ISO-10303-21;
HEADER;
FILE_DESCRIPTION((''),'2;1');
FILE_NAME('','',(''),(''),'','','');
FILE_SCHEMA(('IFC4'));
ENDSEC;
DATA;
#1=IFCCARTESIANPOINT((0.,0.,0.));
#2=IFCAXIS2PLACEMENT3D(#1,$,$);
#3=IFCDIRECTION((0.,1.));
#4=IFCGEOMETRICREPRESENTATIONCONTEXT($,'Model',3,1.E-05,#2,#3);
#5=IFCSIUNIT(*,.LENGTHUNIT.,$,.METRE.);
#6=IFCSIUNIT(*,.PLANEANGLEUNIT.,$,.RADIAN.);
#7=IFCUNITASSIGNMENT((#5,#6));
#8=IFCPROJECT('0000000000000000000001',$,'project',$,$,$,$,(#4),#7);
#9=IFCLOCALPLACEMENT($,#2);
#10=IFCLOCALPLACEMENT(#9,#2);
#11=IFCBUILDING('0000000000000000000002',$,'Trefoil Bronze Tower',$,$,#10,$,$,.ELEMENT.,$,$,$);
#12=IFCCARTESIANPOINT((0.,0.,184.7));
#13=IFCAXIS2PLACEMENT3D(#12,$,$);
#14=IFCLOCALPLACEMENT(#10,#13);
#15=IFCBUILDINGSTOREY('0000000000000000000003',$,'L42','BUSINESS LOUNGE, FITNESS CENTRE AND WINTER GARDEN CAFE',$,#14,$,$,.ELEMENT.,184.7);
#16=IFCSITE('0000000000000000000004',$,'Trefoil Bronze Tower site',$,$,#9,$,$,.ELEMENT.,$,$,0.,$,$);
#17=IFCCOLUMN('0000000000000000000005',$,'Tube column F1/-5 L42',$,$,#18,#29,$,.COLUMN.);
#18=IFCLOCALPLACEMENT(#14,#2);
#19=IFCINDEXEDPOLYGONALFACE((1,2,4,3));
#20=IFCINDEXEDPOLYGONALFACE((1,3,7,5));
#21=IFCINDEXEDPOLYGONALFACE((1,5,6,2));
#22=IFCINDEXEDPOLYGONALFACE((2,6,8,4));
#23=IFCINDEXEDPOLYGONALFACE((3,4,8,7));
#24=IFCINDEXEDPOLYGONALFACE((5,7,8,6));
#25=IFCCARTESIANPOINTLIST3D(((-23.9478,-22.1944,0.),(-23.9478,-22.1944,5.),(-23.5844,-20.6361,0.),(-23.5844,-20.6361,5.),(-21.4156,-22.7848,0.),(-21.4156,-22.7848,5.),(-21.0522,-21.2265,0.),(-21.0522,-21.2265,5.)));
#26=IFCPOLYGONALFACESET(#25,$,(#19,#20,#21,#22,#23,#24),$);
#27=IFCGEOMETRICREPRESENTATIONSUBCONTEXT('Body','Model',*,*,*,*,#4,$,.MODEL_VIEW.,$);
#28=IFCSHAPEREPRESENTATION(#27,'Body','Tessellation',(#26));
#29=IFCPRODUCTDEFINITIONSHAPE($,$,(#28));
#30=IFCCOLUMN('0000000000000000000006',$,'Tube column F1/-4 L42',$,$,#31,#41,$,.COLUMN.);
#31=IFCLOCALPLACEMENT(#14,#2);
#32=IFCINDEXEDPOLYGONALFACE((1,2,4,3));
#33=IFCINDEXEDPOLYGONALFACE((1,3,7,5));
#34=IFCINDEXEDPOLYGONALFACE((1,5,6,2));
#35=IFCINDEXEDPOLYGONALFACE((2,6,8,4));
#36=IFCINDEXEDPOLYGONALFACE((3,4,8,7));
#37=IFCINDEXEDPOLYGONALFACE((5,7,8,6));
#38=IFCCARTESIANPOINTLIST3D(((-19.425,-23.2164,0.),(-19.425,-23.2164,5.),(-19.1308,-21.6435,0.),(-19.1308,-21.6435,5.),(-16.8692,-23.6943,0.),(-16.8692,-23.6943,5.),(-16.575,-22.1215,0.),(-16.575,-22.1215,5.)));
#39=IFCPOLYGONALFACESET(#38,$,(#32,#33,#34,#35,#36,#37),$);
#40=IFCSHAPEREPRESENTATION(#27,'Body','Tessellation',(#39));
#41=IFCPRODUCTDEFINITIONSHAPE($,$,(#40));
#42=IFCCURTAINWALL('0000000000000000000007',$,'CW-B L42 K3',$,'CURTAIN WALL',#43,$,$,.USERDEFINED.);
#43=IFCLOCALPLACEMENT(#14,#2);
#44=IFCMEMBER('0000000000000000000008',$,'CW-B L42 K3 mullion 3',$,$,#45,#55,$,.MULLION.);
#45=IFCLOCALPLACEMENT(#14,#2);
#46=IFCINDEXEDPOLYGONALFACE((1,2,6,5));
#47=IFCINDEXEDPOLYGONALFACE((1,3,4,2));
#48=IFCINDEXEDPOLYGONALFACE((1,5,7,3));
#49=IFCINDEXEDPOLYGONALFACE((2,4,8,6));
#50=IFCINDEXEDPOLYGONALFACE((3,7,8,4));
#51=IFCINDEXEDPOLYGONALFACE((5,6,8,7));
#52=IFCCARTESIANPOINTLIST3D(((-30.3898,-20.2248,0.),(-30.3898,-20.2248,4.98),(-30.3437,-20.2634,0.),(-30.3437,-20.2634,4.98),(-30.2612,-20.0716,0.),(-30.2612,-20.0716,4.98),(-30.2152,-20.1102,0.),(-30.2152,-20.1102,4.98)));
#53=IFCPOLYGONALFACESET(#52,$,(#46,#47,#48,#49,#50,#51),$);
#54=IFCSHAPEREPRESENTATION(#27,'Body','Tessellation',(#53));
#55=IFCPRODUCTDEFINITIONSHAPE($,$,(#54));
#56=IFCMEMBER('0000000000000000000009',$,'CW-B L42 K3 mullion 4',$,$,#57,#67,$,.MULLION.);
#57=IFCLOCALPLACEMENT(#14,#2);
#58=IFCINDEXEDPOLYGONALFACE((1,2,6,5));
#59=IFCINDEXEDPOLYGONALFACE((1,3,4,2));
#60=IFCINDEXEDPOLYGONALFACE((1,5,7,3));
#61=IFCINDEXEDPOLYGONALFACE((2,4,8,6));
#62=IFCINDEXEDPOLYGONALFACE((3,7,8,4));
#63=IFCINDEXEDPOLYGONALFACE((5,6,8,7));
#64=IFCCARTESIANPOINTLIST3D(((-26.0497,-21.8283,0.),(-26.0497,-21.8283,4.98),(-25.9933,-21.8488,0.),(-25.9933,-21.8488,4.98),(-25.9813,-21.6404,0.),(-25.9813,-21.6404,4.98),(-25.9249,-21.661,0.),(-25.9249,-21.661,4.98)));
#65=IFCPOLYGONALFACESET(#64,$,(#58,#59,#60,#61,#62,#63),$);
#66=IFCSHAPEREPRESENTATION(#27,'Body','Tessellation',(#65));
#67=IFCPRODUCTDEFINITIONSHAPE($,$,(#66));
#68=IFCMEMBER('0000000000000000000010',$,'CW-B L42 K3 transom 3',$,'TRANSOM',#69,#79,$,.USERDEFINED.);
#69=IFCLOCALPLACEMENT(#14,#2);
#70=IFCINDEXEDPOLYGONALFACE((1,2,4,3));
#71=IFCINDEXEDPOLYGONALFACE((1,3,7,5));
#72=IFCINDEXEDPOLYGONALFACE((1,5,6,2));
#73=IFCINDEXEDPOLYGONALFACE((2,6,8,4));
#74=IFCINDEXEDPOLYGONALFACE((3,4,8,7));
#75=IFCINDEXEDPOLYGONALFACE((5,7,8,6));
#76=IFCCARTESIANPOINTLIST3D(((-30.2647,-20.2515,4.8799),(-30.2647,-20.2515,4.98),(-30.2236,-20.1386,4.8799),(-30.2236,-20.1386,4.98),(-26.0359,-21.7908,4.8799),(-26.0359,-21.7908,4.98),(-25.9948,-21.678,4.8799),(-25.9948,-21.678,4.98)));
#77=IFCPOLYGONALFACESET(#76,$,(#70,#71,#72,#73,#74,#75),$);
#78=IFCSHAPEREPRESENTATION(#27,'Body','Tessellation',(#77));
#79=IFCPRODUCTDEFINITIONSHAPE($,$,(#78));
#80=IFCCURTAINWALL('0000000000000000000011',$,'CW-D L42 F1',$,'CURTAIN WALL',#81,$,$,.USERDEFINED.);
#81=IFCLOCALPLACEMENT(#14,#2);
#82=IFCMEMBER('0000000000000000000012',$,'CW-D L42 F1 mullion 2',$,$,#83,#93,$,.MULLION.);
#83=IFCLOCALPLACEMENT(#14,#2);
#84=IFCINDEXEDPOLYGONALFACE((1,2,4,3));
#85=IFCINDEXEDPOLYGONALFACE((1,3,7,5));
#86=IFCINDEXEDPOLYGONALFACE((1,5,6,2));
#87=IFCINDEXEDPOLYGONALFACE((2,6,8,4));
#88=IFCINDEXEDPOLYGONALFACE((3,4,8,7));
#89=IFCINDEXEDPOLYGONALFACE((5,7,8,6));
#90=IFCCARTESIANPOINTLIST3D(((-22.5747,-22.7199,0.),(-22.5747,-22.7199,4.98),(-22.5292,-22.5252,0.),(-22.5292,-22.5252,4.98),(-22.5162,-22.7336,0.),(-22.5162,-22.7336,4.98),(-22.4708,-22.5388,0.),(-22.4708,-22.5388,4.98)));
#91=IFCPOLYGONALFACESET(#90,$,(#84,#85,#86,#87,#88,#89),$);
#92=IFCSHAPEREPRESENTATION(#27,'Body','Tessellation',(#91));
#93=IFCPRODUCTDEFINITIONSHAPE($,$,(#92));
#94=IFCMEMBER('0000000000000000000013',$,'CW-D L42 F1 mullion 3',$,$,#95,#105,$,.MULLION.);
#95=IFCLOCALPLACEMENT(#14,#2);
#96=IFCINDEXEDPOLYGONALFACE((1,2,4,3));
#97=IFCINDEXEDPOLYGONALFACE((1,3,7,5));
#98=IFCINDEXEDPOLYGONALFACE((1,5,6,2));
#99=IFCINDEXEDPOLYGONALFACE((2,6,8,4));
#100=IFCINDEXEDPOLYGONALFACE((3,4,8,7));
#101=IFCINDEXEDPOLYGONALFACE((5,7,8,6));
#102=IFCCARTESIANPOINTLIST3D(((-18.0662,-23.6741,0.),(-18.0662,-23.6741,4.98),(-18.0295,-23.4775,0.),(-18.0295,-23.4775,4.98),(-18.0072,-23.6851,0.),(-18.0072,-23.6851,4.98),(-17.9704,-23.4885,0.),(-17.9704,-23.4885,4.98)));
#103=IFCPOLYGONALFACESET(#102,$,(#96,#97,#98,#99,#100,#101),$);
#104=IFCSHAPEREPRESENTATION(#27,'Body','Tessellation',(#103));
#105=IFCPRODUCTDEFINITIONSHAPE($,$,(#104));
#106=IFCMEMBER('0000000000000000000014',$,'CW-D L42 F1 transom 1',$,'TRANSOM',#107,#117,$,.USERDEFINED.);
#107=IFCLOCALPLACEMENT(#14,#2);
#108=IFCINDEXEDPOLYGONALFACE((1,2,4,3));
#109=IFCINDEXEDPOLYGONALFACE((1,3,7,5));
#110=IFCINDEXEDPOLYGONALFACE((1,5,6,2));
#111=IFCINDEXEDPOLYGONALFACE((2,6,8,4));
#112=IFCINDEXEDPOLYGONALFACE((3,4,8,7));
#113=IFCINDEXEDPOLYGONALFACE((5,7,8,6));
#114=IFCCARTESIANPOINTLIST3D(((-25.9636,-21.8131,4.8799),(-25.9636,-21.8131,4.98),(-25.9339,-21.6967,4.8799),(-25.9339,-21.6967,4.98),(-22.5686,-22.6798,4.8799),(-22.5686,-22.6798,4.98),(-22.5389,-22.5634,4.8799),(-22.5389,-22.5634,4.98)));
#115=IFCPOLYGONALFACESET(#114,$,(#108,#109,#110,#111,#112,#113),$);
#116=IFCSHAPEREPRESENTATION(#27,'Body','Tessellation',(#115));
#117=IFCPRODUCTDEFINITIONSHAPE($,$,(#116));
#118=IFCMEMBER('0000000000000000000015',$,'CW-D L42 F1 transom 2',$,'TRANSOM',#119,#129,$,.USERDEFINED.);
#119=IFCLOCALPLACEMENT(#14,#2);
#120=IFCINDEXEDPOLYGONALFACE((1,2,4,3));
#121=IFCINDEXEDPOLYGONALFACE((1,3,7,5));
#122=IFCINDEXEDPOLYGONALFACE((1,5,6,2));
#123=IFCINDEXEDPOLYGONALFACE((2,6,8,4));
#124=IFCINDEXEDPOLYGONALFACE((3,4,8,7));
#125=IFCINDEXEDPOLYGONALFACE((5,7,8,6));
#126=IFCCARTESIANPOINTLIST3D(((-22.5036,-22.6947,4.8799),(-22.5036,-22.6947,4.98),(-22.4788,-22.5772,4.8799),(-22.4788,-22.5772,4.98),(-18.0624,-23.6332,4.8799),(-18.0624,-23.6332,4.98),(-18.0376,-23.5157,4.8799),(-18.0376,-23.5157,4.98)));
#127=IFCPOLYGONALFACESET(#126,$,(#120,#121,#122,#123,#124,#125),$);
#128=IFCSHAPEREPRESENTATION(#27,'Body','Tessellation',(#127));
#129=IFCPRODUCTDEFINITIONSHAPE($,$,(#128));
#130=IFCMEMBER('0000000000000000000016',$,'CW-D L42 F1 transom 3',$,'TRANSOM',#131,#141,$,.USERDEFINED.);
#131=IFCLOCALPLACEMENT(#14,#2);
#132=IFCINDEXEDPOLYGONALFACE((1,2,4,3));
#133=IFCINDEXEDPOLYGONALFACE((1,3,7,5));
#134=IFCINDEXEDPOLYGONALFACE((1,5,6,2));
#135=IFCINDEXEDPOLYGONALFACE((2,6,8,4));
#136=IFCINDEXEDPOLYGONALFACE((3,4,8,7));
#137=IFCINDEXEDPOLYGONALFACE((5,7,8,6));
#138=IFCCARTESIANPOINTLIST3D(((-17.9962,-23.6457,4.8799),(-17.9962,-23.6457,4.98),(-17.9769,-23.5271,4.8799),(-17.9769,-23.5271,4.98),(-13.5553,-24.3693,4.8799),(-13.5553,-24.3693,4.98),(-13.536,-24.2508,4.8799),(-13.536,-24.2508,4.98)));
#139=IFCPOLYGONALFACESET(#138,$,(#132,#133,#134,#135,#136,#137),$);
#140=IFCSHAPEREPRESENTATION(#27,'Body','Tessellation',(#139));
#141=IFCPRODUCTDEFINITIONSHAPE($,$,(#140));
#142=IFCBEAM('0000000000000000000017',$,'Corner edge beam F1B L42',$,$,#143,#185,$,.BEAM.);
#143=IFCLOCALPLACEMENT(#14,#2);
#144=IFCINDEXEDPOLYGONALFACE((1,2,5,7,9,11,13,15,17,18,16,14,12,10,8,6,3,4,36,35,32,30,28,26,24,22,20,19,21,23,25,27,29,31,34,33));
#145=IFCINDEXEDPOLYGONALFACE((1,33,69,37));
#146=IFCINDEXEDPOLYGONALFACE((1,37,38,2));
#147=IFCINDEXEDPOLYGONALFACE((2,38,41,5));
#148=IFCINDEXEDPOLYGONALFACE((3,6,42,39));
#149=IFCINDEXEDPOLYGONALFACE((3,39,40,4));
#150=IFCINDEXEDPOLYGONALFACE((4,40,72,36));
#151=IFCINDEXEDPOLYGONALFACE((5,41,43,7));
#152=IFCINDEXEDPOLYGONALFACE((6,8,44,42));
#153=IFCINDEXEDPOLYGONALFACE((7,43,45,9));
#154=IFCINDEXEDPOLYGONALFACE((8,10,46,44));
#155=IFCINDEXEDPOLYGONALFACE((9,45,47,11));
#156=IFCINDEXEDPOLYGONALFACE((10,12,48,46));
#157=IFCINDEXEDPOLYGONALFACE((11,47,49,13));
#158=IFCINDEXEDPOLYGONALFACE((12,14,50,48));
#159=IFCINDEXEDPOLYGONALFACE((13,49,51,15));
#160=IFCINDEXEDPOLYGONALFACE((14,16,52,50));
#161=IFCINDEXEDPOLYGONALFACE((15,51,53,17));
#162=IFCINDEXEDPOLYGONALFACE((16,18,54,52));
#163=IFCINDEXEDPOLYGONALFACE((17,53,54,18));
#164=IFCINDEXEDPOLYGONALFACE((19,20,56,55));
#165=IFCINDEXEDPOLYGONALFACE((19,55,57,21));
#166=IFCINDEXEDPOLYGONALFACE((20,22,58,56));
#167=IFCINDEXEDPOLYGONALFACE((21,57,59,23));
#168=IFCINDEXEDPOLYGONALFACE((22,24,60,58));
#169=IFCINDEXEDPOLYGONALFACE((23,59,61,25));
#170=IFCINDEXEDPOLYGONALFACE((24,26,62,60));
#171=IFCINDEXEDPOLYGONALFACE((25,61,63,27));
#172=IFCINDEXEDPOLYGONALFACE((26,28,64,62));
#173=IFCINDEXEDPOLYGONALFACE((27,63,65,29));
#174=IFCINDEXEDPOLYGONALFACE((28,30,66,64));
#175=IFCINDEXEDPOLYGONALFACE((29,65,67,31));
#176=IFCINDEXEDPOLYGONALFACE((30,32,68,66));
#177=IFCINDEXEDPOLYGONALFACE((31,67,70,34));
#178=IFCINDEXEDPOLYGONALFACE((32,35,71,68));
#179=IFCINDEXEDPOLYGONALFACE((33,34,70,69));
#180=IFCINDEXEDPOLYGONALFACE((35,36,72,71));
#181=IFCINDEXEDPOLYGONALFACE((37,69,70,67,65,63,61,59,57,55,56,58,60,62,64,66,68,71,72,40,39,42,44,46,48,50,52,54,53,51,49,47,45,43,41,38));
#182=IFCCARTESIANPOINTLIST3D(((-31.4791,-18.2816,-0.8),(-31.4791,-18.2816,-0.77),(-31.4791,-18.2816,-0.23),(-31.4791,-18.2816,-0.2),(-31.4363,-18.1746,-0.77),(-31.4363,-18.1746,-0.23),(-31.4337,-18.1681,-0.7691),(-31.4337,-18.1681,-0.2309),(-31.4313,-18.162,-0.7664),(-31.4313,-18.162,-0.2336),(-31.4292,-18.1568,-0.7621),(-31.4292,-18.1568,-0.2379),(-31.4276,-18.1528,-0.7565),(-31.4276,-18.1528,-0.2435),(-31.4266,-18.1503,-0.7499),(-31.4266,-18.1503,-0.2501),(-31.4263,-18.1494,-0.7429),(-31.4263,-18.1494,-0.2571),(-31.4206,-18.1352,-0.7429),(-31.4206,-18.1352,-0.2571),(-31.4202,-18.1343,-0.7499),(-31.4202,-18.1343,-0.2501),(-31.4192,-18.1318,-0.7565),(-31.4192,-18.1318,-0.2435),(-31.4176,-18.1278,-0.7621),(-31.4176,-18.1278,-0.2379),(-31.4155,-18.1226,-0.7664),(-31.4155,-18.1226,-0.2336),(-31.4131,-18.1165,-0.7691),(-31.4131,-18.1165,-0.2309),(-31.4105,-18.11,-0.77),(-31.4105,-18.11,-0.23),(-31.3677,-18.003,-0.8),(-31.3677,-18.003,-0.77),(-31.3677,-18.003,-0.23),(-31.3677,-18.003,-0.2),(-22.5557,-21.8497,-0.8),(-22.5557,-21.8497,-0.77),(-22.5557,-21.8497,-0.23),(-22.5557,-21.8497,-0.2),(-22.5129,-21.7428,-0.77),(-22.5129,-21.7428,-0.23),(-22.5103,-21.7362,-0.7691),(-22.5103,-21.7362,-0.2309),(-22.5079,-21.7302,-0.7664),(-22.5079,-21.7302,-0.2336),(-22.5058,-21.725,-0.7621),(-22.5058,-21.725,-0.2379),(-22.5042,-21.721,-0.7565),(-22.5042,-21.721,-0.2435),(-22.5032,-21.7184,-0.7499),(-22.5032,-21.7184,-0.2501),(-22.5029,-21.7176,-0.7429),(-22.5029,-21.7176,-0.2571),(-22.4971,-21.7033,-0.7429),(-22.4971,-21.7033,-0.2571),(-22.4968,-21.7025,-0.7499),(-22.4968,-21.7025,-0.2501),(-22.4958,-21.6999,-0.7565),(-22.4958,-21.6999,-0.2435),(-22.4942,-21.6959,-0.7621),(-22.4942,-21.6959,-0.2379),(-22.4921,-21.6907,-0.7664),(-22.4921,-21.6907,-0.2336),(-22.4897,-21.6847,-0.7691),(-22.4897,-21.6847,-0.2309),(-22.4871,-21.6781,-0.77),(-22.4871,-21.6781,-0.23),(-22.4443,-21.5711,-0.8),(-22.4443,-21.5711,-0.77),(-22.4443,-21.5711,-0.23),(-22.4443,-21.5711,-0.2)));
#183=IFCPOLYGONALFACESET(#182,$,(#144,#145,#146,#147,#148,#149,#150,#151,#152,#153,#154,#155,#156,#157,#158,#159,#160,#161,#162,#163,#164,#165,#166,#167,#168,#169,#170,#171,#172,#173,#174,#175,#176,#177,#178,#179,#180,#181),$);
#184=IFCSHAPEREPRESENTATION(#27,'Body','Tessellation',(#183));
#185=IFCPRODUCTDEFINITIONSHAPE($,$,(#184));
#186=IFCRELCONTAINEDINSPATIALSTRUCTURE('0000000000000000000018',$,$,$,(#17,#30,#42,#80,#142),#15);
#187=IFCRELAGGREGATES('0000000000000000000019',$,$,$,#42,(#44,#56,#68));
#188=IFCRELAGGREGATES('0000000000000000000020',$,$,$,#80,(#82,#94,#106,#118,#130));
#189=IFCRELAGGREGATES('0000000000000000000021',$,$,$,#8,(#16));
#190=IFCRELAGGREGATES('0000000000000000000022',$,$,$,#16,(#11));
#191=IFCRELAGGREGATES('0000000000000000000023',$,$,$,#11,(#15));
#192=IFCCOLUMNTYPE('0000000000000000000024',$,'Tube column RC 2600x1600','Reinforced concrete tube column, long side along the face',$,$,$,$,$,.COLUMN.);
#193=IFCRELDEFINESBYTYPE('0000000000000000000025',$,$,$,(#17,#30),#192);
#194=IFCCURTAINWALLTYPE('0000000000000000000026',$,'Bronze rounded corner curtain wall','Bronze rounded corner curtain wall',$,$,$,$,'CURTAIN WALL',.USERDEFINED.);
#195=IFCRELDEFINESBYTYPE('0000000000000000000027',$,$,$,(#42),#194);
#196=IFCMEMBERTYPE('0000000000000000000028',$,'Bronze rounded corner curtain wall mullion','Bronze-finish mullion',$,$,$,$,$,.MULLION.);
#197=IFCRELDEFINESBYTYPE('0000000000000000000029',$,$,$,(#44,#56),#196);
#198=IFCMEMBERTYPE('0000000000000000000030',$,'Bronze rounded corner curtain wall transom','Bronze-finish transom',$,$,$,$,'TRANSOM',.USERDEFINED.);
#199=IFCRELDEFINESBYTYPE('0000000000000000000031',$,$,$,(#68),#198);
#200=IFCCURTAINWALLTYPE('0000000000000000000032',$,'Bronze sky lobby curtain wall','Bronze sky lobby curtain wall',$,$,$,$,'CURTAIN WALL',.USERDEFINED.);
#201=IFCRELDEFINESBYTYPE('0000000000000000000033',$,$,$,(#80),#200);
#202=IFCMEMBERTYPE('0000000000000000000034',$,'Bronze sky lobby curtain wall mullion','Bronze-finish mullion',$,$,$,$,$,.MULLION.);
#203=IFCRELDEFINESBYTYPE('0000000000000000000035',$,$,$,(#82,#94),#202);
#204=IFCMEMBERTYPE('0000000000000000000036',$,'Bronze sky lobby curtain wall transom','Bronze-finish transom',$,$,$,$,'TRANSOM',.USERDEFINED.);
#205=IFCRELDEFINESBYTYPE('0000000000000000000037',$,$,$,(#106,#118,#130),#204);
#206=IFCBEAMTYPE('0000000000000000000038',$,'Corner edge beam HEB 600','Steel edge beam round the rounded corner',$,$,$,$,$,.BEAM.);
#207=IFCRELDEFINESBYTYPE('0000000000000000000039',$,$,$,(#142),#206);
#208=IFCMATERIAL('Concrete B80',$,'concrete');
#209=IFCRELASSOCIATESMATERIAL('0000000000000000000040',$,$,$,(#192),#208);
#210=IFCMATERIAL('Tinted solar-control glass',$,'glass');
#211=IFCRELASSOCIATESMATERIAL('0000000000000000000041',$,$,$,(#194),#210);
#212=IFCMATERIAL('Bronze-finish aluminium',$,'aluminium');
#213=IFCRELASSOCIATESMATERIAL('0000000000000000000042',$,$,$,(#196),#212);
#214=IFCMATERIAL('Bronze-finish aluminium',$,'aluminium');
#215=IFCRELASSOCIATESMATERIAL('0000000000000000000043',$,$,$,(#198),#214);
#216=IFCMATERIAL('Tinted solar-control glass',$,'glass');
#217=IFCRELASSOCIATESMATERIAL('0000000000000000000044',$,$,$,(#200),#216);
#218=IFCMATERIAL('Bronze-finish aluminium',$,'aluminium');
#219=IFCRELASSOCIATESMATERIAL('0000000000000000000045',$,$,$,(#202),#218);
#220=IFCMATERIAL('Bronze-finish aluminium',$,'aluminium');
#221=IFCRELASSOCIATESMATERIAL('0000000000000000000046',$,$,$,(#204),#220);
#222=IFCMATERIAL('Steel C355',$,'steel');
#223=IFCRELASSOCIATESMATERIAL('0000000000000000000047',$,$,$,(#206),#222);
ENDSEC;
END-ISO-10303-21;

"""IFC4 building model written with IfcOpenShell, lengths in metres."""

from ifc_helpers import new_model, si_unit, direction, frame, origin, origin_2d, place, context, subcontext, project, spatial, rectangle, i_section, extrude, material, material_profile, profile_set, type_object, element, aggregate, save


model = new_model("IFC4")

# Units and contexts
model_context = context("Model", 3, precision=1e-05, world=origin(), true_north=direction((0.0, 1.0)))
body_context = subcontext(model_context, "Body", "Model", "MODEL_VIEW")
ifc_project = project(units=[si_unit("LENGTHUNIT", "METRE"), si_unit("PLANEANGLEUNIT", "RADIAN")], contexts=[model_context])

# Site, building, storey
site_placement = place(None, origin())
site = spatial("IfcSite", under=ifc_project, at=site_placement, Name="Trefoil Bronze Tower site", CompositionType="ELEMENT", RefElevation=0.0)
building_placement = place(site_placement, origin())
building = spatial("IfcBuilding", under=site, at=building_placement, Name="Trefoil Bronze Tower", CompositionType="ELEMENT")
storey_placement = place(building_placement, frame((0.0, 0.0, 184.7)))
storey = spatial("IfcBuildingStorey", under=building, at=storey_placement, Name="L42", Description="BUSINESS LOUNGE, FITNESS CENTRE AND WINTER GARDEN CAFE", CompositionType="ELEMENT", Elevation=184.7)

# Columns
ifc_material_1 = material(Name="Concrete B80", Category="concrete")
ifc_material_profile_1 = material_profile(ifc_material_1, rectangle(XDim=2.6001, YDim=1.6001, at=origin_2d()), Name="RC 2600x1600")
ifc_profile_set_1 = profile_set([ifc_material_profile_1], Name="Concrete B80")
column_type = type_object("IfcColumnType", Name="Tube column RC 2600x1600", Description="Reinforced concrete tube column, long side along the face", PredefinedType="COLUMN", material=ifc_profile_set_1)
for number, where, z_axis, x_axis, name in (
    (1, (-22.5, -21.7104, 0.0), (0.0, 0.0, 1.0), (0.973875, -0.227083, 0.0), "Tube column F1/-5 L42"),
    (2, (-18.0, -22.6689, 0.0), (0.0, 0.0, 1.0), (0.982959, -0.183825, 0.0), "Tube column F1/-4 L42"),
):
    element("IfcColumn", number, at=place(storey_placement, frame(where, z_axis=z_axis, x_axis=x_axis)), inside=storey, type_object=column_type, Name=name, PredefinedType="COLUMN", context=body_context, shape_type="SweptSolid", body=[
        extrude(rectangle(XDim=2.6001, YDim=1.6001, at=origin_2d()), origin(), (0.0, 0.0, 1.0), 5.0),
    ])

# Curtain walls, members
ifc_material_2 = material(Name="Tinted solar-control glass", Category="glass")
curtain_wall_type_1 = type_object("IfcCurtainWallType", Name="Bronze rounded corner curtain wall", Description="Bronze rounded corner curtain wall", ElementType="CURTAIN WALL", PredefinedType="USERDEFINED", material=ifc_material_2)
curtain_wall_1_placement = place(storey_placement, origin())
curtain_wall_1 = element("IfcCurtainWall", 3, at=curtain_wall_1_placement, inside=storey, type_object=curtain_wall_type_1, Name="CW-B L42 K3", ObjectType="CURTAIN WALL", PredefinedType="USERDEFINED")
ifc_material_3 = material(Name="Bronze-finish aluminium", Category="aluminium")
ifc_material_profile_2 = material_profile(ifc_material_3, rectangle(XDim=0.2, YDim=0.0601, at=origin_2d()), Name="CW-B mullion")
ifc_profile_set_2 = profile_set([ifc_material_profile_2], Name="Bronze-finish aluminium")
member_type_1 = type_object("IfcMemberType", Name="Bronze rounded corner curtain wall mullion", Description="Bronze-finish mullion", PredefinedType="MULLION", material=ifc_profile_set_2)
member_1_placement = place(storey_placement, frame((-30.3025, -20.1675, 0.0), z_axis=(0.0, 0.0, 1.0), x_axis=(0.642788, 0.766044, 0.0)))
member_1 = element("IfcMember", 4, at=member_1_placement, type_object=member_type_1, Name="CW-B L42 K3 mullion 3", PredefinedType="MULLION", context=body_context, shape_type="SweptSolid", body=[
    extrude(rectangle(XDim=0.2, YDim=0.0601, at=origin_2d()), origin(), (0.0, 0.0, 1.0), 4.98),
])
member_2_placement = place(storey_placement, frame((-25.9873, -21.7446, 0.0), z_axis=(0.0, 0.0, 1.0), x_axis=(0.34202, 0.939693, 0.0)))
member_2 = element("IfcMember", 5, at=member_2_placement, type_object=member_type_1, Name="CW-B L42 K3 mullion 4", PredefinedType="MULLION", context=body_context, shape_type="SweptSolid", body=[
    extrude(rectangle(XDim=0.2, YDim=0.0601, at=origin_2d()), origin(), (0.0, 0.0, 1.0), 4.98),
])
ifc_material_4 = material(Name="Bronze-finish aluminium", Category="aluminium")
ifc_material_profile_3 = material_profile(ifc_material_4, rectangle(XDim=0.1201, YDim=0.1001, at=origin_2d()), Name="CW-B transom")
ifc_profile_set_3 = profile_set([ifc_material_profile_3], Name="Bronze-finish aluminium")
member_type_2 = type_object("IfcMemberType", Name="Bronze rounded corner curtain wall transom", Description="Bronze-finish transom", ElementType="TRANSOM", PredefinedType="USERDEFINED", material=ifc_profile_set_3)
member_3_placement = place(storey_placement, frame((-30.2441, -20.1951, 4.9299), z_axis=(0.939681, -0.342052, 0.0), x_axis=(0.342052, 0.939681, 0.0)))
member_3 = element("IfcMember", 6, at=member_3_placement, type_object=member_type_2, Name="CW-B L42 K3 transom 3", ObjectType="TRANSOM", PredefinedType="USERDEFINED", context=body_context, shape_type="SweptSolid", body=[
    extrude(rectangle(XDim=0.1201, YDim=0.1001, at=origin_2d()), origin(), (0.0, 0.0, 1.0), 4.5002),
])
ifc_material_5 = material(Name="Tinted solar-control glass", Category="glass")
curtain_wall_type_2 = type_object("IfcCurtainWallType", Name="Bronze sky lobby curtain wall", Description="Bronze sky lobby curtain wall", ElementType="CURTAIN WALL", PredefinedType="USERDEFINED", material=ifc_material_5)
curtain_wall_2_placement = place(storey_placement, origin())
curtain_wall_2 = element("IfcCurtainWall", 7, at=curtain_wall_2_placement, inside=storey, type_object=curtain_wall_type_2, Name="CW-D L42 F1", ObjectType="CURTAIN WALL", PredefinedType="USERDEFINED")
ifc_material_6 = material(Name="Bronze-finish aluminium", Category="aluminium")
ifc_material_profile_4 = material_profile(ifc_material_6, rectangle(XDim=0.2, YDim=0.0601, at=origin_2d()), Name="CW-D mullion")
ifc_profile_set_4 = profile_set([ifc_material_profile_4], Name="Bronze-finish aluminium")
member_type_3 = type_object("IfcMemberType", Name="Bronze sky lobby curtain wall mullion", Description="Bronze-finish mullion", PredefinedType="MULLION", material=ifc_profile_set_4)
member_4_placement = place(storey_placement, frame((-22.5227, -22.6294, 0.0), z_axis=(0.0, 0.0, 1.0), x_axis=(0.227083, 0.973875, 0.0)))
member_4 = element("IfcMember", 8, at=member_4_placement, type_object=member_type_3, Name="CW-D L42 F1 mullion 2", PredefinedType="MULLION", context=body_context, shape_type="SweptSolid", body=[
    extrude(rectangle(XDim=0.2, YDim=0.0601, at=origin_2d()), origin(), (0.0, 0.0, 1.0), 4.98),
])
member_5_placement = place(storey_placement, frame((-18.0183, -23.5813, 0.0), z_axis=(0.0, 0.0, 1.0), x_axis=(0.183825, 0.982959, 0.0)))
member_5 = element("IfcMember", 9, at=member_5_placement, type_object=member_type_3, Name="CW-D L42 F1 mullion 3", PredefinedType="MULLION", context=body_context, shape_type="SweptSolid", body=[
    extrude(rectangle(XDim=0.2, YDim=0.0601, at=origin_2d()), origin(), (0.0, 0.0, 1.0), 4.98),
])
ifc_material_7 = material(Name="Bronze-finish aluminium", Category="aluminium")
ifc_material_profile_5 = material_profile(ifc_material_7, rectangle(XDim=0.1201, YDim=0.1001, at=origin_2d()), Name="CW-D transom")
ifc_profile_set_5 = profile_set([ifc_material_profile_5], Name="Bronze-finish aluminium")
member_type_4 = type_object("IfcMemberType", Name="Bronze sky lobby curtain wall transom", Description="Bronze-finish transom", ElementType="TRANSOM", PredefinedType="USERDEFINED", material=ifc_profile_set_5)
member_6_placement = place(storey_placement, frame((-25.9487, -21.7549, 4.9299), z_axis=(0.968926, -0.247353, 0.0), x_axis=(0.247353, 0.968926, 0.0)))
member_6 = element("IfcMember", 10, at=member_6_placement, type_object=member_type_4, Name="CW-D L42 F1 transom 1", ObjectType="TRANSOM", PredefinedType="USERDEFINED", context=body_context, shape_type="SweptSolid", body=[
    extrude(rectangle(XDim=0.1201, YDim=0.1001, at=origin_2d()), origin(), (0.0, 0.0, 1.0), 3.5039),
])
member_7_placement = place(storey_placement, frame((-22.4912, -22.636, 4.9299), z_axis=(0.978394, -0.206748, 0.0), x_axis=(0.206748, 0.978394, 0.0)))
member_7 = element("IfcMember", 11, at=member_7_placement, type_object=member_type_4, Name="CW-D L42 F1 transom 2", ObjectType="TRANSOM", PredefinedType="USERDEFINED", context=body_context, shape_type="SweptSolid", body=[
    extrude(rectangle(XDim=0.1201, YDim=0.1001, at=origin_2d()), origin(), (0.0, 0.0, 1.0), 4.5393),
])
member_8_placement = place(storey_placement, frame((-17.9866, -23.5864, 4.9299), z_axis=(0.986983, -0.160826, 0.0), x_axis=(0.160826, 0.986983, 0.0)))
member_8 = element("IfcMember", 12, at=member_8_placement, type_object=member_type_4, Name="CW-D L42 F1 transom 3", ObjectType="TRANSOM", PredefinedType="USERDEFINED", context=body_context, shape_type="SweptSolid", body=[
    extrude(rectangle(XDim=0.1201, YDim=0.1001, at=origin_2d()), origin(), (0.0, 0.0, 1.0), 4.4995),
])

# Beam
ifc_material_8 = material(Name="Steel C355", Category="steel")
ifc_material_profile_6 = material_profile(ifc_material_8, i_section(OverallWidth=0.3, OverallDepth=0.6001, WebThickness=0.0154, FlangeThickness=0.03, FilletRadius=0.0271, at=origin_2d()), Name="HEB 600")
ifc_profile_set_6 = profile_set([ifc_material_profile_6], Name="Steel C355")
beam_type_1 = type_object("IfcBeamType", Name="Corner edge beam HEB 600", Description="Steel edge beam round the rounded corner", PredefinedType="BEAM", material=ifc_profile_set_6)
beam_1_placement = place(storey_placement, frame((-22.5, -21.7104, -0.5), z_axis=(-0.92852, 0.371281, 0.0), x_axis=(-0.371281, -0.92852, 0.0)))
element("IfcBeam", 13, at=beam_1_placement, inside=storey, type_object=beam_type_1, Name="Corner edge beam F1B L42", PredefinedType="BEAM", context=body_context, shape_type="SweptSolid", body=[
    extrude(i_section(OverallWidth=0.3, OverallDepth=0.6001, WebThickness=0.0154, FlangeThickness=0.03, FilletRadius=0.0271, at=origin_2d()), origin(), (0.0, 0.0, 1.0), 9.6104),
])

aggregate(curtain_wall_1, [member_1, member_2, member_3])
aggregate(curtain_wall_2, [member_4, member_5, member_6, member_7, member_8])

save(model, "model.ifc")
